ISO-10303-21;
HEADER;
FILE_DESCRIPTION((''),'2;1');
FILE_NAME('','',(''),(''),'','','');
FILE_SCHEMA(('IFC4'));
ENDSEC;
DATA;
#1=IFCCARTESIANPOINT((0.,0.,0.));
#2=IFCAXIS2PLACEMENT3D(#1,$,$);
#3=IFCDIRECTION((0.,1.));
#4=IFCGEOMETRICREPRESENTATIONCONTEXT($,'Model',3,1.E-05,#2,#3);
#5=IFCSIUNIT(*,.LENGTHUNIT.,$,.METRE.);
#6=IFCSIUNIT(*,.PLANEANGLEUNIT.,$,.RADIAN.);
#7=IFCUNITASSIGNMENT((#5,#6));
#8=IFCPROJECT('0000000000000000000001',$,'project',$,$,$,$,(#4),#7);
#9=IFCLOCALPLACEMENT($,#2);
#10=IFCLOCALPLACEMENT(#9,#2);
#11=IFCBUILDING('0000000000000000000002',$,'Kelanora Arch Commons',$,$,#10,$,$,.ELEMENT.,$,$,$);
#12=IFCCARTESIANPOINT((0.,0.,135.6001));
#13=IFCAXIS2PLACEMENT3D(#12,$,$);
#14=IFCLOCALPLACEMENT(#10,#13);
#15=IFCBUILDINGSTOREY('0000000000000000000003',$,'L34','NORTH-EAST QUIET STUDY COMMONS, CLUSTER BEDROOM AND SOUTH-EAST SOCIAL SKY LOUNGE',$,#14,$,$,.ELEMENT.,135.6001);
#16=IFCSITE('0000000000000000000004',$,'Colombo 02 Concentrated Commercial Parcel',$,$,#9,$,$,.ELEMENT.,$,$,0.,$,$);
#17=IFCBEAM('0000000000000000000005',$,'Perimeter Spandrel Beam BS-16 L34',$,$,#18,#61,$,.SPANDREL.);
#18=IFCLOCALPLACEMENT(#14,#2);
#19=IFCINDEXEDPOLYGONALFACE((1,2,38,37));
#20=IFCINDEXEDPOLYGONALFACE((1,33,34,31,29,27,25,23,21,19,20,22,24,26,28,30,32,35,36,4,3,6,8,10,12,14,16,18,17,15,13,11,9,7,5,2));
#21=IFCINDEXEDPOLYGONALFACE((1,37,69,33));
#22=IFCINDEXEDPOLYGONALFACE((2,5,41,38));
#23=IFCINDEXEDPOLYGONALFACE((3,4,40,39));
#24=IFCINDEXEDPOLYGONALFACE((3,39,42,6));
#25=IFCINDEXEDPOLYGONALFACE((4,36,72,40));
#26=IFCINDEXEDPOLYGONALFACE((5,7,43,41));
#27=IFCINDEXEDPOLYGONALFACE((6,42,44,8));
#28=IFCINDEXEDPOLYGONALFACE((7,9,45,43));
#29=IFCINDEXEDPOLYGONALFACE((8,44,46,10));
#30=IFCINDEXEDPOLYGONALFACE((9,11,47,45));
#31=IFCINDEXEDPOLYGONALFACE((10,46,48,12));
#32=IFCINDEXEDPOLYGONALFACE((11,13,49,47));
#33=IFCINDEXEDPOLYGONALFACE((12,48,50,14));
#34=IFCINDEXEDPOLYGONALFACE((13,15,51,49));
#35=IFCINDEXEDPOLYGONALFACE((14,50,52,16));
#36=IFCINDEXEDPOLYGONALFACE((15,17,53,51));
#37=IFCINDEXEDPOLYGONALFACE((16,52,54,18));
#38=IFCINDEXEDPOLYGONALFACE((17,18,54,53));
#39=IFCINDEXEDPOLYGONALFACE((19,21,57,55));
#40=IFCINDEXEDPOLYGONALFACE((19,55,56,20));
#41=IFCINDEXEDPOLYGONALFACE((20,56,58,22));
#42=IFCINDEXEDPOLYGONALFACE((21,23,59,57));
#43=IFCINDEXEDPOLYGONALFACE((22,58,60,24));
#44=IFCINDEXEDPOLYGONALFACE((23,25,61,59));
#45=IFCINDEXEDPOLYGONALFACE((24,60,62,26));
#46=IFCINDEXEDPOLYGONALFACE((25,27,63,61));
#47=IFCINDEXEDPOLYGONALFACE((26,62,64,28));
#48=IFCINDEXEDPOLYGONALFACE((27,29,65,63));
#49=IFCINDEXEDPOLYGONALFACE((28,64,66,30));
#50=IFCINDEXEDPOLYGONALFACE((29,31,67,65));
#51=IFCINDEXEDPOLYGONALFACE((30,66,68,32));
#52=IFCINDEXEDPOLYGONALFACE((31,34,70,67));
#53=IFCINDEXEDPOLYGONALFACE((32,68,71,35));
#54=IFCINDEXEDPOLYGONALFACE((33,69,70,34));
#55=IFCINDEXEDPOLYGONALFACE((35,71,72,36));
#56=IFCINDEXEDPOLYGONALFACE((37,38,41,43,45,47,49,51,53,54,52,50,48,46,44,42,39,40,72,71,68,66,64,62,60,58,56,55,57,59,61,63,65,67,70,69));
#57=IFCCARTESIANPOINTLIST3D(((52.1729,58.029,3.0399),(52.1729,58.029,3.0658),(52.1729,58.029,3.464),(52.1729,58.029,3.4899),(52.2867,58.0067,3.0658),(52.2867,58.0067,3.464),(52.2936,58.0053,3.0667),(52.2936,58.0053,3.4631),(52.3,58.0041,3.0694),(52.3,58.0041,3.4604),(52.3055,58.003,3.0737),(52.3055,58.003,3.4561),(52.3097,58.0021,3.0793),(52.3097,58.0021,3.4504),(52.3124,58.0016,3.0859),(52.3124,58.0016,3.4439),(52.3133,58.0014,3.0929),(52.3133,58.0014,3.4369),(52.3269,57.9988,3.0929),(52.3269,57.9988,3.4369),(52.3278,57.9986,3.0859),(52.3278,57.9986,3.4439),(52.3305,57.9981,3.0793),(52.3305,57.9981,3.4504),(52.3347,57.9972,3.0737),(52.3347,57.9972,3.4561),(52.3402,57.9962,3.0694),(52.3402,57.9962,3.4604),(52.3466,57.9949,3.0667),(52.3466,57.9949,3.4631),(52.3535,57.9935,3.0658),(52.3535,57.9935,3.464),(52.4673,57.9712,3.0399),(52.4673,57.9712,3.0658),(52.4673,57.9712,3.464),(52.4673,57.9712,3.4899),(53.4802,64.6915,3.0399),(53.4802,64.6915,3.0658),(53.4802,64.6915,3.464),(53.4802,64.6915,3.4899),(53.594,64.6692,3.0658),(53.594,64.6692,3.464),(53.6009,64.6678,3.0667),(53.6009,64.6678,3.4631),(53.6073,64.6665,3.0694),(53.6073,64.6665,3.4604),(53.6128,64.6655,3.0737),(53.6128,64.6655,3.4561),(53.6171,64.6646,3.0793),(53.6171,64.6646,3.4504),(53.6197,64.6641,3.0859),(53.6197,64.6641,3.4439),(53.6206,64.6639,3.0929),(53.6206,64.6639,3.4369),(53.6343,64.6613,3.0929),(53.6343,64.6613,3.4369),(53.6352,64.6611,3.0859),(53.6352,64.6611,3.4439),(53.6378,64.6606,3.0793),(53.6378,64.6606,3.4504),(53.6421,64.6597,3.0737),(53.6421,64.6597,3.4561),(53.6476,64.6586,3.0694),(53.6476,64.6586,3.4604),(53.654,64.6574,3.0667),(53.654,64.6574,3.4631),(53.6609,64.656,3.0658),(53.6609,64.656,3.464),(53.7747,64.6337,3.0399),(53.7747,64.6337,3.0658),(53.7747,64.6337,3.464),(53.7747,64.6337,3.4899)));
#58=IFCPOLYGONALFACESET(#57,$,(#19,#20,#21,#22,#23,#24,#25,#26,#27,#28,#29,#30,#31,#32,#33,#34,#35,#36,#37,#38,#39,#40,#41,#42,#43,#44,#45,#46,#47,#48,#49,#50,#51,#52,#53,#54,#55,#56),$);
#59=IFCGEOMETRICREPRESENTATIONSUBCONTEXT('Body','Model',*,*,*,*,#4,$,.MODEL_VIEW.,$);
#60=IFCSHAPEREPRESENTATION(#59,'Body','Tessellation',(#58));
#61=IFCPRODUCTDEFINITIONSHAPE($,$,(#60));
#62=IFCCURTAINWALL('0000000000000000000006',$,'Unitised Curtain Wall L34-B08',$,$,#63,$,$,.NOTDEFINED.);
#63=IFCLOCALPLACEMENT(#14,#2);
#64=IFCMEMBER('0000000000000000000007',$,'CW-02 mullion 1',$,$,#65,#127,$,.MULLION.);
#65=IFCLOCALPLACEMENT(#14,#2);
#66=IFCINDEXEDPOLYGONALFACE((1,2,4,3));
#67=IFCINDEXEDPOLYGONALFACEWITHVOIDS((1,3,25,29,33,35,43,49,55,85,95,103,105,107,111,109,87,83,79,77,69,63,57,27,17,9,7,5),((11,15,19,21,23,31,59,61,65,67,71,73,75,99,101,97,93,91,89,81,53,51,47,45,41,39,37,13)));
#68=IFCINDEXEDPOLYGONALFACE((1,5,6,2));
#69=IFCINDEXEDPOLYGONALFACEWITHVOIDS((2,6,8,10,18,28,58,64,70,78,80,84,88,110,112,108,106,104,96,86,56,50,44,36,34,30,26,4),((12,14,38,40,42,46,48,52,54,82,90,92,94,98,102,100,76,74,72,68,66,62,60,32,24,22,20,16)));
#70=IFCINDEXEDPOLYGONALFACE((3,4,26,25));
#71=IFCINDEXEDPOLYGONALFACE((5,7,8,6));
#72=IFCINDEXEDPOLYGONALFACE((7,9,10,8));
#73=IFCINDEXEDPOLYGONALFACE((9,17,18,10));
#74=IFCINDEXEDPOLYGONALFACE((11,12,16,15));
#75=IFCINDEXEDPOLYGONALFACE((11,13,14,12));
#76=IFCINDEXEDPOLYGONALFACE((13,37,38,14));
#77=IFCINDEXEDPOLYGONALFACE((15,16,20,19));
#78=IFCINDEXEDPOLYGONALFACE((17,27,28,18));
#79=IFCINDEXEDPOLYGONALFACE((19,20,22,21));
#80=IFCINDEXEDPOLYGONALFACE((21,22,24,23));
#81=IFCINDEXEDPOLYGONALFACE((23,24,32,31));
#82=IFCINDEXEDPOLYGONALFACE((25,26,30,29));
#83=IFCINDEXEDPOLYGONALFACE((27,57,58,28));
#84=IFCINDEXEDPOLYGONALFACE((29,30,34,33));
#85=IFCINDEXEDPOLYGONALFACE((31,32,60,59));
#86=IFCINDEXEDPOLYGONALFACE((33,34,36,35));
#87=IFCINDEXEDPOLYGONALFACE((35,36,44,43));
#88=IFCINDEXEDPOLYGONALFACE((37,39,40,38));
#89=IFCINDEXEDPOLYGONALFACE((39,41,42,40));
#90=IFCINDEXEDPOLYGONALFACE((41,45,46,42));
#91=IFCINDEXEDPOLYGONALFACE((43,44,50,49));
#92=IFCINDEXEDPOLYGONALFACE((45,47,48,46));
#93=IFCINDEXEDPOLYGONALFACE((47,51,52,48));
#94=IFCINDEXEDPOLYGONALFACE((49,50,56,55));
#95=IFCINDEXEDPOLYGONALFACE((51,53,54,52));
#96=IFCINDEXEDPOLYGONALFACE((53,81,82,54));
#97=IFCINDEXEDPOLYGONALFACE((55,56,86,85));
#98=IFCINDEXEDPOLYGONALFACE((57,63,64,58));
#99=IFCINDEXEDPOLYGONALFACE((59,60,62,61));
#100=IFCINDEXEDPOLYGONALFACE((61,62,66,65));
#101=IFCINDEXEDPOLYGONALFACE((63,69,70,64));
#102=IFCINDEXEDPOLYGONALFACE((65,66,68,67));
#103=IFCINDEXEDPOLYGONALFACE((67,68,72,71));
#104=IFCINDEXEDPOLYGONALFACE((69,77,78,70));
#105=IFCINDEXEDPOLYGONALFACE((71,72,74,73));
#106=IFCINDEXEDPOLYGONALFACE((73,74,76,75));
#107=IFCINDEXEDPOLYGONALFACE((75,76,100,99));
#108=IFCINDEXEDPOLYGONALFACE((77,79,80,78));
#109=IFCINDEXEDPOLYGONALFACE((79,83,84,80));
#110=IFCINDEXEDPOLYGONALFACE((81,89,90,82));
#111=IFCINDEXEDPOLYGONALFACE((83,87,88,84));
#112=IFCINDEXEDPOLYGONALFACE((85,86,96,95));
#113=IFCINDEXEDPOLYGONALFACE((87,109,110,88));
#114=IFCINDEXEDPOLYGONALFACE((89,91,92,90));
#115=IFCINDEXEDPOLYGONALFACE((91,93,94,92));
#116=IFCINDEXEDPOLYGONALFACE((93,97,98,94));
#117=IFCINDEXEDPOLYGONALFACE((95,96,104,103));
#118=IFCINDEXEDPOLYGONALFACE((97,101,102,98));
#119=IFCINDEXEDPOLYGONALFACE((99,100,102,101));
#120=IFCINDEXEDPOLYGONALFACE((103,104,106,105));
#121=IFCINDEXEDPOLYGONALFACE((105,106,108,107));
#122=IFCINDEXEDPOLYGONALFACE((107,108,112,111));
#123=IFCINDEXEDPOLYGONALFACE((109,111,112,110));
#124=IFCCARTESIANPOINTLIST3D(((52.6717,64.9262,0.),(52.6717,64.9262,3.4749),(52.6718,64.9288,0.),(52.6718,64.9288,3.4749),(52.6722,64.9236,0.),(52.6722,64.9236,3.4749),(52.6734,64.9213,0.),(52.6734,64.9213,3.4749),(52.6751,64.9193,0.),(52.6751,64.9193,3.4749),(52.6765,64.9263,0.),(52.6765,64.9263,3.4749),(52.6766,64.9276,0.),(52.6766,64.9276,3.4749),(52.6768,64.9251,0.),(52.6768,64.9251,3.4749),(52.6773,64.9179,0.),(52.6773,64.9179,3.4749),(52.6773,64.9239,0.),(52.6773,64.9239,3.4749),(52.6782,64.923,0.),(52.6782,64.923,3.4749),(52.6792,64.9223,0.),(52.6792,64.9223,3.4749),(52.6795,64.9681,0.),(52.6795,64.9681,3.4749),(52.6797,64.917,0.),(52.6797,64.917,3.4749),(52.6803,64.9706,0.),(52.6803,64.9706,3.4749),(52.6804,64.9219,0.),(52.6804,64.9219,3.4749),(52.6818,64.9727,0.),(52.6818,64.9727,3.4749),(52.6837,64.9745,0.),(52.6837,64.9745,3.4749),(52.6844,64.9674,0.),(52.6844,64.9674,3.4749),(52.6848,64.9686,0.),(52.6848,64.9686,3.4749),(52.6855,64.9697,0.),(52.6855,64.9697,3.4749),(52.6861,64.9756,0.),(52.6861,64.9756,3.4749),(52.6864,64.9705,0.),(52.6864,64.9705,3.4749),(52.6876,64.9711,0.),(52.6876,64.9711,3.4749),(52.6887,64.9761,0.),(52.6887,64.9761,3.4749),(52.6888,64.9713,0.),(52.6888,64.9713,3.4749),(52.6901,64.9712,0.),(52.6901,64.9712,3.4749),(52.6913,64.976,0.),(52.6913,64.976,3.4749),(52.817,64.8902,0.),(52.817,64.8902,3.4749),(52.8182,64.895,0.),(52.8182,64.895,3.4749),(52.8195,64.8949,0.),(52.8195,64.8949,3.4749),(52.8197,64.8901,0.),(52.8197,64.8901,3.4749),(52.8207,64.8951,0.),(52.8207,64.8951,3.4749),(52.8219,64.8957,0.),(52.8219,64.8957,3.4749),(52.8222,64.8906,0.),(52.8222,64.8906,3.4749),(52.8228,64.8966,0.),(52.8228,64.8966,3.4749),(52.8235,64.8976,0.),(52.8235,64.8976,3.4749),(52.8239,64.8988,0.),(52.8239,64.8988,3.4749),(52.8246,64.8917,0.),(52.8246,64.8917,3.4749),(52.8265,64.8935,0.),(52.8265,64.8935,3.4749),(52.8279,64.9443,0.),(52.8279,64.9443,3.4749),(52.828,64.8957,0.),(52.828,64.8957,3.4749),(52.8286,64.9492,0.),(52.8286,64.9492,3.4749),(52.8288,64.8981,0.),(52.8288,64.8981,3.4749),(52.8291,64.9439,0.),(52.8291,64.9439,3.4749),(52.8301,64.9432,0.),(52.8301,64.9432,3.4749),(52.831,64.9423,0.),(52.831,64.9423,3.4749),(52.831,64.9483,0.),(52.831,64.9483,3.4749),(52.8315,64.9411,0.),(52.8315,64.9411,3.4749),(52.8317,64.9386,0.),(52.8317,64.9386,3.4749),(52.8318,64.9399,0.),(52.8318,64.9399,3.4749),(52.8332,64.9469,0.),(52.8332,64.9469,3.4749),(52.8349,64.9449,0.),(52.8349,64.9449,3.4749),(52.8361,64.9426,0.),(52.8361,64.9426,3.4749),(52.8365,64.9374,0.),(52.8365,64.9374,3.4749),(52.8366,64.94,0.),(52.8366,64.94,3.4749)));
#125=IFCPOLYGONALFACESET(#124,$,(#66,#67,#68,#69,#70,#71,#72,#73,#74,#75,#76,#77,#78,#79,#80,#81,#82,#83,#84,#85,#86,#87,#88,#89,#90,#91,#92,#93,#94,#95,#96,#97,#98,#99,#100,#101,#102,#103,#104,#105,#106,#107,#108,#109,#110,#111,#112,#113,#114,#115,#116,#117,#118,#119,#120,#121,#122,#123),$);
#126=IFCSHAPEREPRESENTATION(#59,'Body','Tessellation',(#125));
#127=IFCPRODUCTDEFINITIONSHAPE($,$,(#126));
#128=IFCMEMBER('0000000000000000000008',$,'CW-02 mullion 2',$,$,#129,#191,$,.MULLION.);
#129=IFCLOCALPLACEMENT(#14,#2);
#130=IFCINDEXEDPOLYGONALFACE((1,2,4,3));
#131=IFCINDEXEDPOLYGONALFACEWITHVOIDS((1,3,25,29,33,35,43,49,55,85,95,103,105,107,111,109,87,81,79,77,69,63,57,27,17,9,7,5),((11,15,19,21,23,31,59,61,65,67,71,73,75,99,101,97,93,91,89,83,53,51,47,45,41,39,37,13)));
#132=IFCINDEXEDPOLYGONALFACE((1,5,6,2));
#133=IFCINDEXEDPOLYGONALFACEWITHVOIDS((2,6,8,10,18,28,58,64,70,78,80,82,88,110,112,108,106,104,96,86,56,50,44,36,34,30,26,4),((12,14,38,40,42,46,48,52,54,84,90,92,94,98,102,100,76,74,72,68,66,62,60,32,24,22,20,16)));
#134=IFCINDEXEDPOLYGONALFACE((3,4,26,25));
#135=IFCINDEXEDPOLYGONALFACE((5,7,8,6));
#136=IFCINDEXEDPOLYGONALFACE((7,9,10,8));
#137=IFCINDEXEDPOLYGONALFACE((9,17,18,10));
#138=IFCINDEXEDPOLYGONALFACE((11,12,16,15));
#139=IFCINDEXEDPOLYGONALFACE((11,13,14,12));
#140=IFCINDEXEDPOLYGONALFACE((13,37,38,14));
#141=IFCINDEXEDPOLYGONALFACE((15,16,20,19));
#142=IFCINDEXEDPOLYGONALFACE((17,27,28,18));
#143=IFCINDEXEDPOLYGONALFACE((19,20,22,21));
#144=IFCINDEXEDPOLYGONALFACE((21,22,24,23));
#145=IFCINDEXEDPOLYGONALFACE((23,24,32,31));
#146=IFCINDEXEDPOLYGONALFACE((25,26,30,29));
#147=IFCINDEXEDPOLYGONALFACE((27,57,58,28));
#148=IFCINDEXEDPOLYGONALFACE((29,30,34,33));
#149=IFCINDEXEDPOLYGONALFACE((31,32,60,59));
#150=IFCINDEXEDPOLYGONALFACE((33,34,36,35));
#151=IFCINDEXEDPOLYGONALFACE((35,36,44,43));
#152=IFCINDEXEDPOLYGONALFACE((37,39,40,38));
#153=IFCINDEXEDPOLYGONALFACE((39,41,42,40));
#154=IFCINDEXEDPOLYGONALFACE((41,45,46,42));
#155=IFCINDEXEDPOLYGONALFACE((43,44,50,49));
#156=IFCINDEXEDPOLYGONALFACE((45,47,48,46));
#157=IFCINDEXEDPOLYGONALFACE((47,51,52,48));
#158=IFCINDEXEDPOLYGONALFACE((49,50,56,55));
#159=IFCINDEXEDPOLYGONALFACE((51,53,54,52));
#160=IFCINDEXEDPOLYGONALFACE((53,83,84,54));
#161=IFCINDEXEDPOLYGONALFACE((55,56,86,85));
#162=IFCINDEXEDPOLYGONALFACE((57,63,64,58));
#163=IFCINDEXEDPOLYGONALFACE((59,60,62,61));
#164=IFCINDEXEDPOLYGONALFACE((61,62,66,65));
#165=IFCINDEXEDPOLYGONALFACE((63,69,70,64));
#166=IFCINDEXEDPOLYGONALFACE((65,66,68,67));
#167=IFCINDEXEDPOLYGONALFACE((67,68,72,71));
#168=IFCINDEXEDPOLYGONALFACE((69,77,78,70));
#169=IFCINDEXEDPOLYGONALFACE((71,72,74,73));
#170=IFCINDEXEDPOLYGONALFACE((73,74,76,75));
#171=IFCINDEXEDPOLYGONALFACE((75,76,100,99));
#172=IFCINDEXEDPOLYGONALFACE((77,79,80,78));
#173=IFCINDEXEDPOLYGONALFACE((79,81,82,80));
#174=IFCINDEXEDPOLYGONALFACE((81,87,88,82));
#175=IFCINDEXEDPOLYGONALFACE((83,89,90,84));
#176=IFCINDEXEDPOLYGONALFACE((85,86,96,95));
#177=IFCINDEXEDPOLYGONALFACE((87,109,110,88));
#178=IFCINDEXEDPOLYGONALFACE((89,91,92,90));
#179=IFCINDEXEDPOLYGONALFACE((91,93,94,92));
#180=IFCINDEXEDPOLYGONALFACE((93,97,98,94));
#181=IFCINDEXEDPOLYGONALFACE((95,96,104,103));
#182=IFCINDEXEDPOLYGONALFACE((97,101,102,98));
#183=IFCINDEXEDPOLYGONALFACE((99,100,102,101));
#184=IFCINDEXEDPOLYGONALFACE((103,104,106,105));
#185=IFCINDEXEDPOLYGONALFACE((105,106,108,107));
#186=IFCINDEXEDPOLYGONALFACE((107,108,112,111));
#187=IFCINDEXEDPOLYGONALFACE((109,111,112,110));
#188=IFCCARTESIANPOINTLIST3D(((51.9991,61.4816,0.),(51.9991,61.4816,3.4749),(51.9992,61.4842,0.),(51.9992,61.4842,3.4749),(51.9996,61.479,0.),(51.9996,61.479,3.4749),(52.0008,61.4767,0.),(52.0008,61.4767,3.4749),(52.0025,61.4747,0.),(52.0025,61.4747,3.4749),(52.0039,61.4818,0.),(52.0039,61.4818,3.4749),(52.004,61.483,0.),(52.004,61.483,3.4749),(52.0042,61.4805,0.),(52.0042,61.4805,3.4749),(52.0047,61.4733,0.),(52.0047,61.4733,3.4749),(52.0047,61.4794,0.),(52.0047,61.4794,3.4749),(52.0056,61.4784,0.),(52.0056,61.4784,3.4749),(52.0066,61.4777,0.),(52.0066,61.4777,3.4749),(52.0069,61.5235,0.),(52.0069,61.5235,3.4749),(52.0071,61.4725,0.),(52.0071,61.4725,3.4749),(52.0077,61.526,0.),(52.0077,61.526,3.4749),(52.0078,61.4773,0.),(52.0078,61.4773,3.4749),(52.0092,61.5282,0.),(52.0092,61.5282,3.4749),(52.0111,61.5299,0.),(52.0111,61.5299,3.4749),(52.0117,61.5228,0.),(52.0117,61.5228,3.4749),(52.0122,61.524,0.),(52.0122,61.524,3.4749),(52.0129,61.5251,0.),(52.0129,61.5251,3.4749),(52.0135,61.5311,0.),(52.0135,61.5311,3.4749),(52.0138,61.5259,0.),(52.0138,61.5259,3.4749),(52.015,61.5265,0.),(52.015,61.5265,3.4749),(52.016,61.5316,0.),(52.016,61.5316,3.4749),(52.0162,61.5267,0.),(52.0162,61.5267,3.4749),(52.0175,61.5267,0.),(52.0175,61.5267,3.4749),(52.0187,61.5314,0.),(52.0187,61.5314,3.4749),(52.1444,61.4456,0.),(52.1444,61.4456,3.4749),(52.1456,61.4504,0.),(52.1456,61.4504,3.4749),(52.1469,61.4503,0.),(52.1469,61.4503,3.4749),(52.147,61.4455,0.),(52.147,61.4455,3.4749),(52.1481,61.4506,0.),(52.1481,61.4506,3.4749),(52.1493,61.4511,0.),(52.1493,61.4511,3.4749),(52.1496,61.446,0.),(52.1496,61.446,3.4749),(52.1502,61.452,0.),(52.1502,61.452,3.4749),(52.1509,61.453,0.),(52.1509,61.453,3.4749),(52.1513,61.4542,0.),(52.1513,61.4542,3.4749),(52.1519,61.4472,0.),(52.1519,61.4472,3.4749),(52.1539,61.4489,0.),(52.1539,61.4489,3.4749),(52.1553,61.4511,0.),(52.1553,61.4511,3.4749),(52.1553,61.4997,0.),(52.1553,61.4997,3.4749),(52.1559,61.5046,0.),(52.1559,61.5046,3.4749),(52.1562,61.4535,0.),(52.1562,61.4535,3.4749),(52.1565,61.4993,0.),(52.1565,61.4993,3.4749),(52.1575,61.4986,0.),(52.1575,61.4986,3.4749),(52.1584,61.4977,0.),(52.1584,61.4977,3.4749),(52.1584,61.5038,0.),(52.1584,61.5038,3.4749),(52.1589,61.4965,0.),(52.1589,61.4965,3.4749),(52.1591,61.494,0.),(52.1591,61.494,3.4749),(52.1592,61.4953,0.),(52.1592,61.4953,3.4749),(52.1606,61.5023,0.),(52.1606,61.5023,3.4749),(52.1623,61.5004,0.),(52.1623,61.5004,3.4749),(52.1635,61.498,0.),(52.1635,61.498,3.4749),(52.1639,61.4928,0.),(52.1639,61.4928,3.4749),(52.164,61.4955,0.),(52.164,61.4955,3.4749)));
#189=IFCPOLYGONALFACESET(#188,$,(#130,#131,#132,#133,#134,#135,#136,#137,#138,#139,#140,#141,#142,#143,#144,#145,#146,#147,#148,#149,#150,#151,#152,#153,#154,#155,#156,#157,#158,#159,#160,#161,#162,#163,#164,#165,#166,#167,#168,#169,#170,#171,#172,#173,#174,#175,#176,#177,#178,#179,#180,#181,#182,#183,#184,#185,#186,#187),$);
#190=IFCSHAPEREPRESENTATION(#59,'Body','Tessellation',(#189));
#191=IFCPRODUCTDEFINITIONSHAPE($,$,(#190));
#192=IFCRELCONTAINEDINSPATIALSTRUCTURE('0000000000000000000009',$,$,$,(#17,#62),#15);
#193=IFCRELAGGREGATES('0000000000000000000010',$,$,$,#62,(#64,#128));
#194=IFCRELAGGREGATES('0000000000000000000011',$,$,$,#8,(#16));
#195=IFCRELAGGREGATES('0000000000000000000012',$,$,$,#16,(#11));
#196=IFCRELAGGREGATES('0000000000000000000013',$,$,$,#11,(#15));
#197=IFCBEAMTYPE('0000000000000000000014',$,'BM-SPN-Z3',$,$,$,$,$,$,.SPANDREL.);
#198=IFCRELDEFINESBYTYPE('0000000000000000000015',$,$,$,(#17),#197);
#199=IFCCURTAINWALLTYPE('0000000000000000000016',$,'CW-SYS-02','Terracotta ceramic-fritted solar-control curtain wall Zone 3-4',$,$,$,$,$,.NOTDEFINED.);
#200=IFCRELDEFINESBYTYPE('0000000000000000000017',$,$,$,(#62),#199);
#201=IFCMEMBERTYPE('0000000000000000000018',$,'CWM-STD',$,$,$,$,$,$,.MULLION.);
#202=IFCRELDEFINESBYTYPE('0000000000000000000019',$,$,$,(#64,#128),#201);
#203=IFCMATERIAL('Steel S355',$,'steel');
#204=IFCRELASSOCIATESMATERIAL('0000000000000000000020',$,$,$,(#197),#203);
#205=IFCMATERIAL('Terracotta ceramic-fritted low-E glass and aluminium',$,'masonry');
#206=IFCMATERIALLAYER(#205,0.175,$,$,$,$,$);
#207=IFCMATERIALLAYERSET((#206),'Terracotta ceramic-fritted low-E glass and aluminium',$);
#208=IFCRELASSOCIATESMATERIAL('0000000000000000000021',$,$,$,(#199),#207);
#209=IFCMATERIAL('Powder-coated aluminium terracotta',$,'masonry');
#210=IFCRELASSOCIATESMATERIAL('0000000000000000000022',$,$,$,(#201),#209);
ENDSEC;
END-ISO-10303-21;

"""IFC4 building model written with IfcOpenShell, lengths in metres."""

from ifc_helpers import new_model, si_unit, direction, frame, origin, origin_2d, place, context, subcontext, project, spatial, hollow_rectangle, i_section, extrude, material, layer, layer_set, material_profile, profile_set, type_object, element, aggregate, save


model = new_model("IFC4")

# Units and contexts
model_context = context("Model", 3, precision=1e-05, world=origin(), true_north=direction((0.0, 1.0)))
body_context = subcontext(model_context, "Body", "Model", "MODEL_VIEW")
ifc_project = project(units=[si_unit("LENGTHUNIT", "METRE"), si_unit("PLANEANGLEUNIT", "RADIAN")], contexts=[model_context])

# Site, building, storey
site_placement = place(None, origin())
site = spatial("IfcSite", under=ifc_project, at=site_placement, Name="Colombo 02 Concentrated Commercial Parcel", CompositionType="ELEMENT", RefElevation=0.0)
building_placement = place(site_placement, origin())
building = spatial("IfcBuilding", under=site, at=building_placement, Name="Kelanora Arch Commons", CompositionType="ELEMENT")
storey_placement = place(building_placement, frame((0.0, 0.0, 135.6001)))
storey = spatial("IfcBuildingStorey", under=building, at=storey_placement, Name="L34", Description="NORTH-EAST QUIET STUDY COMMONS, CLUSTER BEDROOM AND SOUTH-EAST SOCIAL SKY LOUNGE", CompositionType="ELEMENT", Elevation=135.6001)

# Beam
ifc_material_1 = material(Name="Steel S355", Category="steel")
ifc_material_profile_1 = material_profile(ifc_material_1, i_section(OverallWidth=0.3, OverallDepth=0.45, WebThickness=0.0139, FlangeThickness=0.0259, FilletRadius=0.0271, at=origin_2d()), Name="HEB450")
ifc_profile_set_1 = profile_set([ifc_material_profile_1], Name="Steel S355")
beam_type_1 = type_object("IfcBeamType", Name="BM-SPN-Z3", PredefinedType="SPANDREL", material=ifc_profile_set_1)
beam_1_placement = place(storey_placement, frame((53.6274, 64.6626, 3.2649), z_axis=(-0.192554, -0.981286, 0.0), x_axis=(0.981286, -0.192554, 0.0)))
element("IfcBeam", 1, at=beam_1_placement, inside=storey, type_object=beam_type_1, Name="Perimeter Spandrel Beam BS-16 L34", PredefinedType="SPANDREL", context=body_context, shape_type="SweptSolid", body=[
    extrude(i_section(OverallWidth=0.3, OverallDepth=0.45, WebThickness=0.0139, FlangeThickness=0.0259, FilletRadius=0.0271, at=origin_2d()), origin(), (0.0, 0.0, 1.0), 6.7896),
])

# Curtain wall, members
ifc_material_2 = material(Name="Terracotta ceramic-fritted low-E glass and aluminium", Category="masonry")
ifc_layer_1 = layer(ifc_material_2, 0.175)
ifc_layer_set_1 = layer_set([ifc_layer_1], Name="Terracotta ceramic-fritted low-E glass and aluminium")
curtain_wall_type = type_object("IfcCurtainWallType", Name="CW-SYS-02", Description="Terracotta ceramic-fritted solar-control curtain wall Zone 3-4", PredefinedType="NOTDEFINED", material=ifc_layer_set_1)
curtain_wall_placement = place(storey_placement, origin())
curtain_wall = element("IfcCurtainWall", 2, at=curtain_wall_placement, inside=storey, type_object=curtain_wall_type, Name="Unitised Curtain Wall L34-B08", PredefinedType="NOTDEFINED")
ifc_material_3 = material(Name="Powder-coated aluminium terracotta", Category="masonry")
ifc_material_profile_2 = material_profile(ifc_material_3, hollow_rectangle(XDim=0.1599, YDim=0.0601, WallThickness=0.0049, InnerFilletRadius=0.0049, OuterFilletRadius=0.01, at=origin_2d()), Name="CWM160x60")
ifc_profile_set_2 = profile_set([ifc_material_profile_2], Name="Powder-coated aluminium terracotta")
member_type_1 = type_object("IfcMemberType", Name="CWM-STD", PredefinedType="MULLION", material=ifc_profile_set_2)
member_1_placement = place(storey_placement, frame((52.7542, 64.9331, 0.0), z_axis=(0.0, 0.0, 1.0), x_axis=(0.981453, -0.191705, 0.0)))
member_1 = element("IfcMember", 3, at=member_1_placement, type_object=member_type_1, Name="CW-02 mullion 1", PredefinedType="MULLION", context=body_context, shape_type="SweptSolid", body=[
    extrude(hollow_rectangle(XDim=0.1599, YDim=0.0601, WallThickness=0.0049, InnerFilletRadius=0.0049, OuterFilletRadius=0.01, at=origin_2d()), origin(), (0.0, 0.0, 1.0), 3.4749),
])
member_2_placement = place(storey_placement, frame((52.0815, 61.4885, 0.0), z_axis=(0.0, 0.0, 1.0), x_axis=(0.981453, -0.191705, 0.0)))
member_2 = element("IfcMember", 4, at=member_2_placement, type_object=member_type_1, Name="CW-02 mullion 2", PredefinedType="MULLION", context=body_context, shape_type="SweptSolid", body=[
    extrude(hollow_rectangle(XDim=0.1599, YDim=0.0601, WallThickness=0.0049, InnerFilletRadius=0.0049, OuterFilletRadius=0.01, at=origin_2d()), origin(), (0.0, 0.0, 1.0), 3.4749),
])
aggregate(curtain_wall, [member_1, member_2])

save(model, "model.ifc")
